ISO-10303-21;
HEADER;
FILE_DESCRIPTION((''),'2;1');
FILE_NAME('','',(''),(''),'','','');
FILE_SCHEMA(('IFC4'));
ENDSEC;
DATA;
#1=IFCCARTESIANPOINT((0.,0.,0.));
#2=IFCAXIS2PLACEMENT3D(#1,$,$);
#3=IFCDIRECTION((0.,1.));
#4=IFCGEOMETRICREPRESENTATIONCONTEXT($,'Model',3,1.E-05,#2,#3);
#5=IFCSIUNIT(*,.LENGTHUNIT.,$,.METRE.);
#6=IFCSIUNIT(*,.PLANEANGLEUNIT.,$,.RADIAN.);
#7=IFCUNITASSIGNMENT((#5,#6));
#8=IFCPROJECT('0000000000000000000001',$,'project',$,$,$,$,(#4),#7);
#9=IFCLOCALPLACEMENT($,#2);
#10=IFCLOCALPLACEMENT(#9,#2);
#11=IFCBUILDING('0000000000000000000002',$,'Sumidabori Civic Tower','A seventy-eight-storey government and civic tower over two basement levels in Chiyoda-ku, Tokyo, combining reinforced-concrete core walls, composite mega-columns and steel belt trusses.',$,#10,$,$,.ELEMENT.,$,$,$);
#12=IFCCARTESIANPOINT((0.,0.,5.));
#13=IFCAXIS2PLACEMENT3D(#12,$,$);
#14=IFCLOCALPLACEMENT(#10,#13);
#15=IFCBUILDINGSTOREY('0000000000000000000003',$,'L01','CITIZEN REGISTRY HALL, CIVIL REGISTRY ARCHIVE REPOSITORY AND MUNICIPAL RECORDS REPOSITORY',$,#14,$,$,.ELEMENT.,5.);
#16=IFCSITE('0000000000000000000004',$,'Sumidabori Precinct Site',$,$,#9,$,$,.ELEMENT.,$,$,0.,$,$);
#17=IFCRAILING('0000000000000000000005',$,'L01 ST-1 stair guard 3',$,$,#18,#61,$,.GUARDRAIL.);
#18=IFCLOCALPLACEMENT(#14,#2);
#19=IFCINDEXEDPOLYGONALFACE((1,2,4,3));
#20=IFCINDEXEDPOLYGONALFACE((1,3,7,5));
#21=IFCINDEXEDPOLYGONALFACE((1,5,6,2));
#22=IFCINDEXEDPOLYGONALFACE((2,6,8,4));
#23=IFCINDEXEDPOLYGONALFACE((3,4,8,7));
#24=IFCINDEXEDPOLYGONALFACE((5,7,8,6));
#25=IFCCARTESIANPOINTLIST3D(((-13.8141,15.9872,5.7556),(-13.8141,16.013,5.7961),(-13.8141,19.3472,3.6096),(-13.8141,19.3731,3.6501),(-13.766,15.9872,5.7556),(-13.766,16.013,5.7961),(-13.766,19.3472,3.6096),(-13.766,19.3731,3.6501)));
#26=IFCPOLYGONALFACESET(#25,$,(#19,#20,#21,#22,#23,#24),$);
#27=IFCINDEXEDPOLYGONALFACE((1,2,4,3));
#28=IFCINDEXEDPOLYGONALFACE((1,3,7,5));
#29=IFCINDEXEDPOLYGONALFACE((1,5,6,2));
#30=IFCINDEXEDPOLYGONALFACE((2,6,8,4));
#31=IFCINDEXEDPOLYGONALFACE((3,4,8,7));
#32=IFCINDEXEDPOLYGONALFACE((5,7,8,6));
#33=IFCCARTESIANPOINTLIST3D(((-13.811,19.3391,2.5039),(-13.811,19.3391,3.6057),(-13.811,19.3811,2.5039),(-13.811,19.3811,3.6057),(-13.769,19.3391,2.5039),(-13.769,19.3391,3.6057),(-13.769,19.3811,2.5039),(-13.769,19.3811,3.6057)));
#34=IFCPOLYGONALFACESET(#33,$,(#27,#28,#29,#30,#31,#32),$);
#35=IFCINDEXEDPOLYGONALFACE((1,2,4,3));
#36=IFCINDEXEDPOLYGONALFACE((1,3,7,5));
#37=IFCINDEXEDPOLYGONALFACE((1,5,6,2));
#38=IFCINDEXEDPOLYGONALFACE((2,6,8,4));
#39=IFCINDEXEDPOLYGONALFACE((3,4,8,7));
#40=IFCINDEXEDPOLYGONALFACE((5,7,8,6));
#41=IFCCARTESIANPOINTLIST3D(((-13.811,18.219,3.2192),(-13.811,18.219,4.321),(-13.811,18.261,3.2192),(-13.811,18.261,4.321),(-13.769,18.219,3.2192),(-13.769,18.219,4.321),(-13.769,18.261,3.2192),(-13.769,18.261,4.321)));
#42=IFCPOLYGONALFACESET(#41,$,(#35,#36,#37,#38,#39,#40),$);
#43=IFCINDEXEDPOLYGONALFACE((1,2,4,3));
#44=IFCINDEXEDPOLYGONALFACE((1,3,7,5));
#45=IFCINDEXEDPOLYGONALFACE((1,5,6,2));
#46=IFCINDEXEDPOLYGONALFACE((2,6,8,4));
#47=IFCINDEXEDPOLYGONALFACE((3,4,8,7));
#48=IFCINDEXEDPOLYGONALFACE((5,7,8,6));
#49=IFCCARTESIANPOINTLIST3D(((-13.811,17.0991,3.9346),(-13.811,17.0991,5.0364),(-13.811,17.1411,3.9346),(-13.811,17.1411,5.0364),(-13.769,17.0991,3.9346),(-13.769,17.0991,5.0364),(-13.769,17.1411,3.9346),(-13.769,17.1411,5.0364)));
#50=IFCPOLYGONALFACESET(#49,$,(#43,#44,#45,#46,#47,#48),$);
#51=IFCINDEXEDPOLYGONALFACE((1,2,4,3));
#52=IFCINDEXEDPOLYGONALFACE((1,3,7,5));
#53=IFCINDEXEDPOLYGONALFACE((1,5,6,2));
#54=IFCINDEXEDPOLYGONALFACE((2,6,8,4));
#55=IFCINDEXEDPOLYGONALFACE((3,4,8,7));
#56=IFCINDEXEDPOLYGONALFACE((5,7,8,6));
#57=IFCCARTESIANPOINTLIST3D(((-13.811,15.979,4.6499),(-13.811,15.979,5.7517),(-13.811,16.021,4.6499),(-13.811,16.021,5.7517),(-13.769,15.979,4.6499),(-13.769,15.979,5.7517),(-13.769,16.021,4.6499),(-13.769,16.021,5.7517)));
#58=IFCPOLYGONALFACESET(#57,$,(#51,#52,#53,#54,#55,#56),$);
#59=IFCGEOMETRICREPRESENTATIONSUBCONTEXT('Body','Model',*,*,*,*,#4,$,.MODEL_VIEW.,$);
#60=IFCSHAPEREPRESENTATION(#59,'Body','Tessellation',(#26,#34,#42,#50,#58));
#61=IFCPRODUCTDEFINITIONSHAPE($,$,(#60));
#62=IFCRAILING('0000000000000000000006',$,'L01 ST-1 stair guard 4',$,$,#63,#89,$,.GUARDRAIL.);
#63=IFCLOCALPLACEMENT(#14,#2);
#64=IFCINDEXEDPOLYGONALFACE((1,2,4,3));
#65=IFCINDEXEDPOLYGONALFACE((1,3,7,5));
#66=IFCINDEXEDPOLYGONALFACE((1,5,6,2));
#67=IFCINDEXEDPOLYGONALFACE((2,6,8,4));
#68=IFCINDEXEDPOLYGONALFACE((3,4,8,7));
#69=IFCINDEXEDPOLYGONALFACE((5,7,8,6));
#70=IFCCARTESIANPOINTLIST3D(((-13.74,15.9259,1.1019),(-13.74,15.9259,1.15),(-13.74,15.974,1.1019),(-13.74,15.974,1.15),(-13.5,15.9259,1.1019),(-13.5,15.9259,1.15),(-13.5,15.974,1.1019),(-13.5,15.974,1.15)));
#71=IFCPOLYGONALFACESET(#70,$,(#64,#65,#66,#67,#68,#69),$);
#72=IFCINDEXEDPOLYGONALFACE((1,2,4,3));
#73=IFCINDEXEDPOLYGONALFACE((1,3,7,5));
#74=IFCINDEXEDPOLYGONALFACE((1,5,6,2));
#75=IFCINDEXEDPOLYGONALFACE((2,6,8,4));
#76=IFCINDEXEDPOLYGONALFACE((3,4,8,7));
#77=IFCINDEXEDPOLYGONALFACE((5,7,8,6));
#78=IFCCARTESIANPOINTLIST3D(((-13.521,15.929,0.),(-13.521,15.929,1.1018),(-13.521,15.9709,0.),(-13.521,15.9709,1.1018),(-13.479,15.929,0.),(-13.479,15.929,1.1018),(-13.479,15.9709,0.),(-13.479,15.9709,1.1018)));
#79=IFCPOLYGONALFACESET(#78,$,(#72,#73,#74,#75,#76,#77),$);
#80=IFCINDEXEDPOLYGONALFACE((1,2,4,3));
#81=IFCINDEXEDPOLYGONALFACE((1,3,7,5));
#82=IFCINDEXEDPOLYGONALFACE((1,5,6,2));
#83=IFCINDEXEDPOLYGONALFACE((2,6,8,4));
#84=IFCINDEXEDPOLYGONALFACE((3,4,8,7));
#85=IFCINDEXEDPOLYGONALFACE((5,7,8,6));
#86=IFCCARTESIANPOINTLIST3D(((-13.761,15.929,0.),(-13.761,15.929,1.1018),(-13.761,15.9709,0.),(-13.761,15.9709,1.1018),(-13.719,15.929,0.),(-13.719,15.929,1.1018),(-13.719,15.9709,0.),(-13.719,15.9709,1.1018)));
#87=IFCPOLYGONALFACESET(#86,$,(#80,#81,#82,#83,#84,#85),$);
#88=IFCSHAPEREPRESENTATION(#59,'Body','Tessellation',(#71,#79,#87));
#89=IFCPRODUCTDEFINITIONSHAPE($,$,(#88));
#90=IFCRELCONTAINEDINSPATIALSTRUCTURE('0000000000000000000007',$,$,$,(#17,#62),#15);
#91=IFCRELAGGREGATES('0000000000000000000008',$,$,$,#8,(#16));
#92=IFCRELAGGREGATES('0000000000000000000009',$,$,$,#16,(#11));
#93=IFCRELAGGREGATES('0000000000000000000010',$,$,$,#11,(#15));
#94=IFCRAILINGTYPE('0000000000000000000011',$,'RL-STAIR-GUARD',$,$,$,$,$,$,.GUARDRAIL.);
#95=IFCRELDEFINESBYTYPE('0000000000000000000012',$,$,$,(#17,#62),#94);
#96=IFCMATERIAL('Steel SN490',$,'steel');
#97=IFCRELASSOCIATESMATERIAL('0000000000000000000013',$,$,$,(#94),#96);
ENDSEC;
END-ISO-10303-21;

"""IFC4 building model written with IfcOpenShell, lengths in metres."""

from ifc_helpers import new_model, si_unit, direction, frame, origin, origin_2d, place, context, subcontext, project, spatial, rectangle, extrude, material, type_object, element, save


model = new_model("IFC4")

# Units and contexts
model_context = context("Model", 3, precision=1e-05, world=origin(), true_north=direction((0.0, 1.0)))
body_context = subcontext(model_context, "Body", "Model", "MODEL_VIEW")
ifc_project = project(units=[si_unit("LENGTHUNIT", "METRE"), si_unit("PLANEANGLEUNIT", "RADIAN")], contexts=[model_context])

# Site, building, storey
site_placement = place(None, origin())
site = spatial("IfcSite", under=ifc_project, at=site_placement, Name="Sumidabori Precinct Site", CompositionType="ELEMENT", RefElevation=0.0)
building_placement = place(site_placement, origin())
building = spatial("IfcBuilding", under=site, at=building_placement, Name="Sumidabori Civic Tower", Description="A seventy-eight-storey government and civic tower over two basement levels in Chiyoda-ku, Tokyo, combining reinforced-concrete core walls, composite mega-columns and steel belt trusses.", CompositionType="ELEMENT")
storey_placement = place(building_placement, frame((0.0, 0.0, 5.0)))
storey = spatial("IfcBuildingStorey", under=building, at=storey_placement, Name="L01", Description="CITIZEN REGISTRY HALL, CIVIL REGISTRY ARCHIVE REPOSITORY AND MUNICIPAL RECORDS REPOSITORY", CompositionType="ELEMENT", Elevation=5.0)

# Shared definitions
ifc_material_1 = material(Name="Steel SN490", Category="steel")

# Railings
railing_type_1 = type_object("IfcRailingType", Name="RL-STAIR-GUARD", PredefinedType="GUARDRAIL", material=ifc_material_1)
railing_1_placement = place(storey_placement, frame((-13.79, 19.3601, 2.5039)))
element("IfcRailing", 1, at=railing_1_placement, inside=storey, type_object=railing_type_1, Name="L01 ST-1 stair guard 3", PredefinedType="GUARDRAIL", context=body_context, shape_type="SweptSolid", body=[
    extrude(rectangle(XDim=0.0481, YDim=0.0481, at=origin_2d()), frame((0.0, 0.0, 1.126), z_axis=(0.0, -0.84278, 0.538258), x_axis=(1.0, 0.0, 0.0)), (0.0, 0.0, 1.0), 3.9868),
    extrude(rectangle(XDim=0.042, YDim=0.042, at=origin_2d()), origin(), (0.0, 0.0, 1.0), 1.1018),
    extrude(rectangle(XDim=0.042, YDim=0.042, at=origin_2d()), frame((0.0, -1.1201, 0.7153)), (0.0, 0.0, 1.0), 1.1018),
    extrude(rectangle(XDim=0.042, YDim=0.042, at=origin_2d()), frame((0.0, -2.24, 1.4307)), (0.0, 0.0, 1.0), 1.1018),
    extrude(rectangle(XDim=0.042, YDim=0.042, at=origin_2d()), frame((0.0, -3.3601, 2.146)), (0.0, 0.0, 1.0), 1.1018),
])
railing_2_placement = place(storey_placement, frame((-13.5, 15.95, 0.0)))
element("IfcRailing", 2, at=railing_2_placement, inside=storey, type_object=railing_type_1, Name="L01 ST-1 stair guard 4", PredefinedType="GUARDRAIL", context=body_context, shape_type="SweptSolid", body=[
    extrude(rectangle(XDim=0.0481, YDim=0.0481, at=origin_2d()), frame((0.0, 0.0, 1.126), z_axis=(-1.0, 0.0, 0.0), x_axis=(0.0, -1.0, 0.0)), (0.0, 0.0, 1.0), 0.24),
    extrude(rectangle(XDim=0.042, YDim=0.042, at=origin_2d()), origin(), (0.0, 0.0, 1.0), 1.1018),
    extrude(rectangle(XDim=0.042, YDim=0.042, at=origin_2d()), frame((-0.24, 0.0, 0.0)), (0.0, 0.0, 1.0), 1.1018),
])

save(model, "model.ifc")
